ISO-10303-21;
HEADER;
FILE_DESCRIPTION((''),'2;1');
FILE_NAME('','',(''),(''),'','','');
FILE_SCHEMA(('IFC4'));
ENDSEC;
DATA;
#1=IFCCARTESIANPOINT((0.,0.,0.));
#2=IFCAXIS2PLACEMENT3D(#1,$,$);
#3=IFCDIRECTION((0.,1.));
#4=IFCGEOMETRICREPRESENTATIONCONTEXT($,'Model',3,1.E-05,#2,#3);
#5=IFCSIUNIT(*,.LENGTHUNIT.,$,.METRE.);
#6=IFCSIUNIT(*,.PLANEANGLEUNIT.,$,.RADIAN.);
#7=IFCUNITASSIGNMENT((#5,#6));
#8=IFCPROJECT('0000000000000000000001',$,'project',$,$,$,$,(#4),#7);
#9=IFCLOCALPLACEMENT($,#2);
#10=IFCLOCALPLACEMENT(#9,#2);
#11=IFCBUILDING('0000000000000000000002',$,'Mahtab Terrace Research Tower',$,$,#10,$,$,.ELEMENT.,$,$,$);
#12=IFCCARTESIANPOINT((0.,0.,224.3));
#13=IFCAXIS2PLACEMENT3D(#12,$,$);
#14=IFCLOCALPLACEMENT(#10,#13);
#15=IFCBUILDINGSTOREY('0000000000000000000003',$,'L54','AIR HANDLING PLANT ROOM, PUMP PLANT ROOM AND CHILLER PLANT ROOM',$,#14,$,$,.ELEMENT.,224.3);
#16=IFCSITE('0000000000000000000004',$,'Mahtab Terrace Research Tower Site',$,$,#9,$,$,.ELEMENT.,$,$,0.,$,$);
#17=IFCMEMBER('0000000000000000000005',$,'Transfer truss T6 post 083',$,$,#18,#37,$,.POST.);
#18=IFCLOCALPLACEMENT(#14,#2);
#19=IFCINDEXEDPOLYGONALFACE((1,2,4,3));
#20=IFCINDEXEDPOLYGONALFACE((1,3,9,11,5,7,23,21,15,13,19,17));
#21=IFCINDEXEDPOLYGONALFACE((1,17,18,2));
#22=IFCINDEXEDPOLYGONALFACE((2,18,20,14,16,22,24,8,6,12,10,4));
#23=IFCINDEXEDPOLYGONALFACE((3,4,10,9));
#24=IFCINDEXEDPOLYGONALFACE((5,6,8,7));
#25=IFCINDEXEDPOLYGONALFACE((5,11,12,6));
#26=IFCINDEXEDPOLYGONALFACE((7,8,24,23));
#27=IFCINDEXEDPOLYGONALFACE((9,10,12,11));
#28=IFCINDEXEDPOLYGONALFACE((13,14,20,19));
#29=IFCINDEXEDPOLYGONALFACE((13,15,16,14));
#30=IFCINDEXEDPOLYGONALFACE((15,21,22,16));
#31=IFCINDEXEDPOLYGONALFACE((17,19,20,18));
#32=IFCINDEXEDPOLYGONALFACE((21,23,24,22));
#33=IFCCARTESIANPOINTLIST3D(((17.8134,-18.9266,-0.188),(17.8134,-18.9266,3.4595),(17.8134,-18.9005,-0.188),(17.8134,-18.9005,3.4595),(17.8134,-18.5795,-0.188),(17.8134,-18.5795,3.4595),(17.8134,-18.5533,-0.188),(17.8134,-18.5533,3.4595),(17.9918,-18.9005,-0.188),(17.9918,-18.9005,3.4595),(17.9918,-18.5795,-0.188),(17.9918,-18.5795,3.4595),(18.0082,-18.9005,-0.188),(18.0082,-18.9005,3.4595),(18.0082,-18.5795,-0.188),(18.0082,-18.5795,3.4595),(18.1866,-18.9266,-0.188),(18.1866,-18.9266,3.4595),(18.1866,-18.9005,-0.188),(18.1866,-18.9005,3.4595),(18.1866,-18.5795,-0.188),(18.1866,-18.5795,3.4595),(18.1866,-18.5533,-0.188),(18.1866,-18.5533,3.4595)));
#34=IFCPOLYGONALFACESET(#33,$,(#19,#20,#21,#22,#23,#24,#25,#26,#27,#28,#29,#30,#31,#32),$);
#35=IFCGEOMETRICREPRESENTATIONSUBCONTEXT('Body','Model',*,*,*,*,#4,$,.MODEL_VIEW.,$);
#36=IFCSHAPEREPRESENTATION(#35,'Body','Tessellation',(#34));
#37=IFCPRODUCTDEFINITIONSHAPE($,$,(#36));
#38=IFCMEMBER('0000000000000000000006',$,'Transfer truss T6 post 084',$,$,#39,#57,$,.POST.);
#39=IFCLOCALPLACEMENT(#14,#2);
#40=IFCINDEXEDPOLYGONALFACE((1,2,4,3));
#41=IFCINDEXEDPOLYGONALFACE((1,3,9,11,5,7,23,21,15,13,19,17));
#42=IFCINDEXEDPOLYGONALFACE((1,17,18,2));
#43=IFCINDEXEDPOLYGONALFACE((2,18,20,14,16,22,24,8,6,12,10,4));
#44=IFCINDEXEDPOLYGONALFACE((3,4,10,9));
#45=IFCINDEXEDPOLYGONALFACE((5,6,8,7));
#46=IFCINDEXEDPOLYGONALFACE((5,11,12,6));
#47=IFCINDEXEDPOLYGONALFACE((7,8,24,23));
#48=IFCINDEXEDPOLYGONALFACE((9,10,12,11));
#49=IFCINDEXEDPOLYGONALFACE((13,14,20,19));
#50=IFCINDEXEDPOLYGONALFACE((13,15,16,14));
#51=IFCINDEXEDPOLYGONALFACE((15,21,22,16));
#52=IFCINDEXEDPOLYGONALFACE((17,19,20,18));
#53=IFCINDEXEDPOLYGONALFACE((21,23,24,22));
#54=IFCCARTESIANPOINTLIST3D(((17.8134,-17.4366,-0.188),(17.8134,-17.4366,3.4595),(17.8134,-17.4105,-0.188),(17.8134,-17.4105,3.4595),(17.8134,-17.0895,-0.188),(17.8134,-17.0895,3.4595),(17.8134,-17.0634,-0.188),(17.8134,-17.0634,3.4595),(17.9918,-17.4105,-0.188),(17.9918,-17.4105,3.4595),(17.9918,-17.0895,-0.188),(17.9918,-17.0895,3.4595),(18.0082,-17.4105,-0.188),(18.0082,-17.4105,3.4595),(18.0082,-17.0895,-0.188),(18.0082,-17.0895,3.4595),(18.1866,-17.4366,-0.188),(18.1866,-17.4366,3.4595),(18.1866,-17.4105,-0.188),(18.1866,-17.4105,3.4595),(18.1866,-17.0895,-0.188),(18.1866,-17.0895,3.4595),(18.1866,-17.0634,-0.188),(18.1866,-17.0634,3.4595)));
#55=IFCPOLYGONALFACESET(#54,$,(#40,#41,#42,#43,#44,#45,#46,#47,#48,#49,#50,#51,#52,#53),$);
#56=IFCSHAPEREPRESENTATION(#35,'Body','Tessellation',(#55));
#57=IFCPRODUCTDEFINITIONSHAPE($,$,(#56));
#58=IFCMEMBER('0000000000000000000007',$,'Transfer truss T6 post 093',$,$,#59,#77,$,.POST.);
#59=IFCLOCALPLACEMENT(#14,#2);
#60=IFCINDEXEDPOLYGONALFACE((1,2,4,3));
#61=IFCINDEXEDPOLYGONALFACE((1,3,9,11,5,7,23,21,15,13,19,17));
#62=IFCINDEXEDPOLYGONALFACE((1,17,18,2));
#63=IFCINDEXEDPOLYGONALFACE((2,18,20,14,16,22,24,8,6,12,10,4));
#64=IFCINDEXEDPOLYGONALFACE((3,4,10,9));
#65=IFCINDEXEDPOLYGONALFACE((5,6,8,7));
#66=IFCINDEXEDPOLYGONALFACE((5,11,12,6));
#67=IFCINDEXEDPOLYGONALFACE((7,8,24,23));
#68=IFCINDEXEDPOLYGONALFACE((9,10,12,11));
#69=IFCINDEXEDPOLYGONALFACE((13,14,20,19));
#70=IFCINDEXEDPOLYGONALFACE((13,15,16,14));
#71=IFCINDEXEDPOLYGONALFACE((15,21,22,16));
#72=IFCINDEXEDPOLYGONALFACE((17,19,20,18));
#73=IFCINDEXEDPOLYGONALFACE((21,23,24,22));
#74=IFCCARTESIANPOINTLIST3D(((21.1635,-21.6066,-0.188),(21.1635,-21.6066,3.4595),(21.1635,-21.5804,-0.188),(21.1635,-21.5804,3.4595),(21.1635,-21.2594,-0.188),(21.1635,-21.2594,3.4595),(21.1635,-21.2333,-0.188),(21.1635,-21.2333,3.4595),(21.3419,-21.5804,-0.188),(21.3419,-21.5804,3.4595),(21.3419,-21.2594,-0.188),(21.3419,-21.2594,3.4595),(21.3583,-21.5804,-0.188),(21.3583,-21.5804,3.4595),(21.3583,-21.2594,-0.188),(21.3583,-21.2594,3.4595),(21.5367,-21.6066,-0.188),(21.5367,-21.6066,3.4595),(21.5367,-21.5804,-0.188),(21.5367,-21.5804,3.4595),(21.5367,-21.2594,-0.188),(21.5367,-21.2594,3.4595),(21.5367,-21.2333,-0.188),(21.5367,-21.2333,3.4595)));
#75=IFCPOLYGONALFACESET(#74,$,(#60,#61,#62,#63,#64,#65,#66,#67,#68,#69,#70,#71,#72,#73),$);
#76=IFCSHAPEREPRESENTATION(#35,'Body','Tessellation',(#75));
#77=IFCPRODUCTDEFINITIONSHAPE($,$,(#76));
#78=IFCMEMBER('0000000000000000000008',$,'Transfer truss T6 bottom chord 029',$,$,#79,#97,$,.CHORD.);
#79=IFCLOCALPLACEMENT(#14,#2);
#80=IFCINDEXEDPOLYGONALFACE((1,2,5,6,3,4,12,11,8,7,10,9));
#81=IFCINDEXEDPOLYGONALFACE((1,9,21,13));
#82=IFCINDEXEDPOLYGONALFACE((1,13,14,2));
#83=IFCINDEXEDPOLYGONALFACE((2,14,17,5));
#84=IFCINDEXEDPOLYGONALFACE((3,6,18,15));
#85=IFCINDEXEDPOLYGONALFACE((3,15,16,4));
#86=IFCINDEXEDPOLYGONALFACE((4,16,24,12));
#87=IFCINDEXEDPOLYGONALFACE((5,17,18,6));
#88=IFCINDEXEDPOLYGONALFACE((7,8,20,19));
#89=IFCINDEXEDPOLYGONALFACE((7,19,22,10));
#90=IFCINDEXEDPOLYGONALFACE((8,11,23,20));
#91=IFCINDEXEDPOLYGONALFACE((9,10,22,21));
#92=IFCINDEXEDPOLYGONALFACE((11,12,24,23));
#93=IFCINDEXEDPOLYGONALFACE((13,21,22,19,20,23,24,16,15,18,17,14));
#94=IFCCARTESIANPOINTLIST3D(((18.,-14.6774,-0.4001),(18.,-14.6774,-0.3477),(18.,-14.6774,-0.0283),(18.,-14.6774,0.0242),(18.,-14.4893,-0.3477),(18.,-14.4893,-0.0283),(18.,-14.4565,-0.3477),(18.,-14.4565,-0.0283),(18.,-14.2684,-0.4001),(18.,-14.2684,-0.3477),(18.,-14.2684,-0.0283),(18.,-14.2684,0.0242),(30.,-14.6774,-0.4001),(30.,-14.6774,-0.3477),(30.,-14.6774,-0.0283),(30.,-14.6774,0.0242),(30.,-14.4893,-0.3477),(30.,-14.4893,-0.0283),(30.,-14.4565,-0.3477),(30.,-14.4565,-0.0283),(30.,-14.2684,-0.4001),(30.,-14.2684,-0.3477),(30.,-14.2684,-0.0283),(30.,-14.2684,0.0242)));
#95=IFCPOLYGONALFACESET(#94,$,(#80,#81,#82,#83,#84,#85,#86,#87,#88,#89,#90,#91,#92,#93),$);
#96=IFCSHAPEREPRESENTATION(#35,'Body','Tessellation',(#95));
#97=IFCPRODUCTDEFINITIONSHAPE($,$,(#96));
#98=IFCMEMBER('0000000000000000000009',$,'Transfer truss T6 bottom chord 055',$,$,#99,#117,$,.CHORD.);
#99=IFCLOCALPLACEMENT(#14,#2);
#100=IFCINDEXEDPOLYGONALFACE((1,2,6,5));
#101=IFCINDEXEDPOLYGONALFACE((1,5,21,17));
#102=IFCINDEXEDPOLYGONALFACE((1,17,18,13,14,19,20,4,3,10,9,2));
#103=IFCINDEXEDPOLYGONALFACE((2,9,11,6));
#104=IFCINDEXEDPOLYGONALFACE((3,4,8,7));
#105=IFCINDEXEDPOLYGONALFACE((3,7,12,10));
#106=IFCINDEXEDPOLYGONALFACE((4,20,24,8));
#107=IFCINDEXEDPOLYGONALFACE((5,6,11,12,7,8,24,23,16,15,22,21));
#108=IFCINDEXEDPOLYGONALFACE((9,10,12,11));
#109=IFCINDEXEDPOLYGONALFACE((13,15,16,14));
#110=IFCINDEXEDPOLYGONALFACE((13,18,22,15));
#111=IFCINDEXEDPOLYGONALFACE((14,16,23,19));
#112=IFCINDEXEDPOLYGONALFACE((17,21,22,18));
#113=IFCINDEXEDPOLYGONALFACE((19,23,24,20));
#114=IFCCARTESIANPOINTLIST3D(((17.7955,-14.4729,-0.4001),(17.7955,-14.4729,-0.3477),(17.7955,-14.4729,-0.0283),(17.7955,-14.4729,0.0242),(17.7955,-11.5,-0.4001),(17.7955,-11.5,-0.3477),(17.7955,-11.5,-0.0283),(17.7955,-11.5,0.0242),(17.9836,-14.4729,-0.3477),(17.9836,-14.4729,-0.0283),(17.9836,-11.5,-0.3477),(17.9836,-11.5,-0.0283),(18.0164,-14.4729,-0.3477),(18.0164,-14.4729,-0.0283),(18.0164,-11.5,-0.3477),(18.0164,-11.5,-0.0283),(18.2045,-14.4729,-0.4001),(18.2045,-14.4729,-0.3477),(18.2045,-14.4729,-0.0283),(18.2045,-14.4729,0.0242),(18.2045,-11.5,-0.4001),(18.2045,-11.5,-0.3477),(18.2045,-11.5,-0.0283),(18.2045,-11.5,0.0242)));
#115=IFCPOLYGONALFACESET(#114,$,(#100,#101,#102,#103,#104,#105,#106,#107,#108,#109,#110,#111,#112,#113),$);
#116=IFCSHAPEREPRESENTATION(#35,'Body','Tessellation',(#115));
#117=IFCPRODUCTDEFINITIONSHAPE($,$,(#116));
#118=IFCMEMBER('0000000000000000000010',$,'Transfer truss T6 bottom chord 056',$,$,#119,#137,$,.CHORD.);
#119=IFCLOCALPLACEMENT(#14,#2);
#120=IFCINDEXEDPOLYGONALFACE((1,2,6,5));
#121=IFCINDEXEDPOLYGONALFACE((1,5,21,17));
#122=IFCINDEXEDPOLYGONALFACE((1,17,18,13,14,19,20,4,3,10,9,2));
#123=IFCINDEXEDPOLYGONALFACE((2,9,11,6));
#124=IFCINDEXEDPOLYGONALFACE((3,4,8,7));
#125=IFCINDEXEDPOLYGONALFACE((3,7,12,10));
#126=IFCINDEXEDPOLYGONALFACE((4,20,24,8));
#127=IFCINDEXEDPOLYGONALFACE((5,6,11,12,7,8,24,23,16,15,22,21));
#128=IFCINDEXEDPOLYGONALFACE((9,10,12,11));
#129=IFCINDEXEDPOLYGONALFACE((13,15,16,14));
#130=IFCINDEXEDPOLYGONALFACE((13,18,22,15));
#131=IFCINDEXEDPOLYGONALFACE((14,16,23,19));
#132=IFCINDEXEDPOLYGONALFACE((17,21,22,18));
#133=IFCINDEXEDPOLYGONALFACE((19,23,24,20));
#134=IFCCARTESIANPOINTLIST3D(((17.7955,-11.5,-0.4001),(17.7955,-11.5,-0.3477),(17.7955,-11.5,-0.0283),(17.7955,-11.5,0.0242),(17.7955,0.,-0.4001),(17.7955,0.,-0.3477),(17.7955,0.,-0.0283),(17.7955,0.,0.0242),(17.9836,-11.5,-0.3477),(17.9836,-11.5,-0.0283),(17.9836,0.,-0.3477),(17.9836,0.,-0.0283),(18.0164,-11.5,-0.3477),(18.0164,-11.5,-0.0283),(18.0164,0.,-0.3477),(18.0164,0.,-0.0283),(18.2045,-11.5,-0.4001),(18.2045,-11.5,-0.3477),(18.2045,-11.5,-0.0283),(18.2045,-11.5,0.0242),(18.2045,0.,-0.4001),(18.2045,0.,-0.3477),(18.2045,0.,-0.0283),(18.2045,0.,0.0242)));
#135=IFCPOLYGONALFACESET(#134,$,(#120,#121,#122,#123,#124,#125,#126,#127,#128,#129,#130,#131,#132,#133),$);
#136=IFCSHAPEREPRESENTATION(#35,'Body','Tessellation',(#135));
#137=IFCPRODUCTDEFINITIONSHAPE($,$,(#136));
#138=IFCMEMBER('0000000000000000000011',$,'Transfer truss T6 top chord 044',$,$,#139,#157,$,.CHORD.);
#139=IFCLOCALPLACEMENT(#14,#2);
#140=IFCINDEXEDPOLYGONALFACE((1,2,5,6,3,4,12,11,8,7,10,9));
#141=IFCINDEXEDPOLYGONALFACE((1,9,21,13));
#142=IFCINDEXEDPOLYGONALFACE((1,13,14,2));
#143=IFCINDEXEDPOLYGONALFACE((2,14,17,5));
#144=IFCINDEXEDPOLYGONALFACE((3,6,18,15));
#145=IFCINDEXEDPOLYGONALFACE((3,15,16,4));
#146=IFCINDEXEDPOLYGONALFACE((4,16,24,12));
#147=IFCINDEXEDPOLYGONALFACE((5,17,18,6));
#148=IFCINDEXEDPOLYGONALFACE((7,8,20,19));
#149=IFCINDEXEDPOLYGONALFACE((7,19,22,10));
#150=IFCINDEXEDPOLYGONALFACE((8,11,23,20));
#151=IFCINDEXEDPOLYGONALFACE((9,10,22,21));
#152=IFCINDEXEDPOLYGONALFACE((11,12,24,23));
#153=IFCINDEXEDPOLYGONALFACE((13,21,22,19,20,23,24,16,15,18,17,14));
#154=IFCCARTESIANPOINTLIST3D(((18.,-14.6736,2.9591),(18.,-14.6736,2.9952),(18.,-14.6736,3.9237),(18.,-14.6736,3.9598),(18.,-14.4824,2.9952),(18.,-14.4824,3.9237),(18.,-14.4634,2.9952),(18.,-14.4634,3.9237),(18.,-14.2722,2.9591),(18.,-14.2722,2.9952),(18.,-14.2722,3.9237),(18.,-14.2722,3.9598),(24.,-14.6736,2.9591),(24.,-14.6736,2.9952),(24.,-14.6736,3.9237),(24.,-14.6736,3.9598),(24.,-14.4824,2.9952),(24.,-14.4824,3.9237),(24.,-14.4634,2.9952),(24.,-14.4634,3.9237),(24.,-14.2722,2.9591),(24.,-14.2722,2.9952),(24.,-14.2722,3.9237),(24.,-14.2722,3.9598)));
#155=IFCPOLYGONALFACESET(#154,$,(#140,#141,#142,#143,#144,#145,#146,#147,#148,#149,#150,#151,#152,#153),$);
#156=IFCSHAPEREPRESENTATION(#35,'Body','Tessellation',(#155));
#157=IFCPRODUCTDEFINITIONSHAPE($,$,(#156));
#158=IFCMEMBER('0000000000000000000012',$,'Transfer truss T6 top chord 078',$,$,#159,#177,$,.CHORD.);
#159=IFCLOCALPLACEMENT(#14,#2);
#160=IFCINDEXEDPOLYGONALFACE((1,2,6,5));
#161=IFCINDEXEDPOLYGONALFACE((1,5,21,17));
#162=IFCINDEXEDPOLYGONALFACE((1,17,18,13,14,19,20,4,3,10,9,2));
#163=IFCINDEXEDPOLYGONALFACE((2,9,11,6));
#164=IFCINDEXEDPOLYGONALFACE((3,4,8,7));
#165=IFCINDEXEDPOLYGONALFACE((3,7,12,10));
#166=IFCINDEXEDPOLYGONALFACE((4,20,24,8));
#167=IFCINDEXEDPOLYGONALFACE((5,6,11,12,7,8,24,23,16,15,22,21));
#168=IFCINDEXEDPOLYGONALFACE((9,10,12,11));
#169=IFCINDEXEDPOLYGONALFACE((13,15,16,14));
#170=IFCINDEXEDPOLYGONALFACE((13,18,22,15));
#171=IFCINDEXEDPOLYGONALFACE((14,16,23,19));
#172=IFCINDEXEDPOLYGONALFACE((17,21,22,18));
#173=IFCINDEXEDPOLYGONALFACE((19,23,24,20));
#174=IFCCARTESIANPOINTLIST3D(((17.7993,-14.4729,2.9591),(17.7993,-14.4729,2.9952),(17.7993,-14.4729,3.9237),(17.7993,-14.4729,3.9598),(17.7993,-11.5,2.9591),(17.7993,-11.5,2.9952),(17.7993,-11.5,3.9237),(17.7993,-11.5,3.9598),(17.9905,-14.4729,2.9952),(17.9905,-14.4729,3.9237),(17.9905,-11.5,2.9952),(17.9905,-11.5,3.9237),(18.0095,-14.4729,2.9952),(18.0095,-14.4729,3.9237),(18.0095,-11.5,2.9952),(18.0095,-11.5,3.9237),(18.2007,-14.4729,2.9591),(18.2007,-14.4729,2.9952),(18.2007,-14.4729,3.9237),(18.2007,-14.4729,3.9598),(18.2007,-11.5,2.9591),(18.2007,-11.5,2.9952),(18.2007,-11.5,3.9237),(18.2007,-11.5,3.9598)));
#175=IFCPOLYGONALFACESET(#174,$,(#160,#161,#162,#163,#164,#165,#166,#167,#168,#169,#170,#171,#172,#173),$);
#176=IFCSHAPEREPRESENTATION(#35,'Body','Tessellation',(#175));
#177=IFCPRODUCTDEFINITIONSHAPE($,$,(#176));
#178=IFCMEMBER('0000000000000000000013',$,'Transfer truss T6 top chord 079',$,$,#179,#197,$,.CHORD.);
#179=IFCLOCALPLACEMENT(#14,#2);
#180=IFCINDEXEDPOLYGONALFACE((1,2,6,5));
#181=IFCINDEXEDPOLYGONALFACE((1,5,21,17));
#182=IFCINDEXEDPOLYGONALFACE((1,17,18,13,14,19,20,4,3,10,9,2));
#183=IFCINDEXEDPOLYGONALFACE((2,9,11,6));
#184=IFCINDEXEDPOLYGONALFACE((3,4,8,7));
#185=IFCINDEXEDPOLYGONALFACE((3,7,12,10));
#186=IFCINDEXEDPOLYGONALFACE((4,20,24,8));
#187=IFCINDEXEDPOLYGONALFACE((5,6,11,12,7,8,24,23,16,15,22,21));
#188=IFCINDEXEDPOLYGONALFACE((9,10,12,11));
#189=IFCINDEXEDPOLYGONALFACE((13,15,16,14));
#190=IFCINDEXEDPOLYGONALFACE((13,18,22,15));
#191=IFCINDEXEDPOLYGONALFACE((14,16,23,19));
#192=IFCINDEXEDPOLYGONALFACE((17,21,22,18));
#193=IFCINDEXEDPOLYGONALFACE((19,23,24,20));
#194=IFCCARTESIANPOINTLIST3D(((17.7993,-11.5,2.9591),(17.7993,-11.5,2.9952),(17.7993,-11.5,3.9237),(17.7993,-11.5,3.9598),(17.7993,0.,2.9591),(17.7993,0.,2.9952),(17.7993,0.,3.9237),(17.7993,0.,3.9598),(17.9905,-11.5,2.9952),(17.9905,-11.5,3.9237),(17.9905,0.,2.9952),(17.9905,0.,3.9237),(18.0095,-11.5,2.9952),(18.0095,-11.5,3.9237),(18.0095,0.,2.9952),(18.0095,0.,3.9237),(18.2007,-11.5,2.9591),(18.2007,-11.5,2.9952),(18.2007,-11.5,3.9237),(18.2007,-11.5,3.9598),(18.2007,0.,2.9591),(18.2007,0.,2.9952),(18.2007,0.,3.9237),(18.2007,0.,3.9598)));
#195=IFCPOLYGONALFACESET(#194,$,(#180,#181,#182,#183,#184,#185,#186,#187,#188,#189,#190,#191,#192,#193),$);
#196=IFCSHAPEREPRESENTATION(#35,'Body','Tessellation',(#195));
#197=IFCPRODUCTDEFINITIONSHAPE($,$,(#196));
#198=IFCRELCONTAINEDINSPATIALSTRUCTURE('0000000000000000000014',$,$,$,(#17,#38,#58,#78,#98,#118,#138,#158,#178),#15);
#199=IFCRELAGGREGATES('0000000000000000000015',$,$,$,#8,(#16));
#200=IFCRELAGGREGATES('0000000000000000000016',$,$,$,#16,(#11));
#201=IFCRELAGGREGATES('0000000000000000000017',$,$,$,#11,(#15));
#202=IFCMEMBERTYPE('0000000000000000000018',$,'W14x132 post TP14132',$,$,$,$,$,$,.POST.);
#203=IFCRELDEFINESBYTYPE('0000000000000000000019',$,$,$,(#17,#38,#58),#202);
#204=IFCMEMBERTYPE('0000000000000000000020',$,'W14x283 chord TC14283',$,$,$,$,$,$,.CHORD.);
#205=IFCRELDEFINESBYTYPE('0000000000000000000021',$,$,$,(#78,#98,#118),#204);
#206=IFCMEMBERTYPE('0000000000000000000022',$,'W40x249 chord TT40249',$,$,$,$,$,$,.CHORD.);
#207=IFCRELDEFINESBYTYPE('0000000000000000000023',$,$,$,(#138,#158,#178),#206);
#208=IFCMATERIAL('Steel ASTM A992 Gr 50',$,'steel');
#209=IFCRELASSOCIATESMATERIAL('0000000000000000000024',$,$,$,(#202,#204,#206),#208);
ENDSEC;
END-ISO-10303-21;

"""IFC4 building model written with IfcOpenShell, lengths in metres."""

from ifc_helpers import new_model, si_unit, direction, frame, origin, origin_2d, place, context, subcontext, project, spatial, i_section, extrude, material, material_profile, profile_set, type_object, element, save


model = new_model("IFC4")

# Units and contexts
model_context = context("Model", 3, precision=1e-05, world=origin(), true_north=direction((0.0, 1.0)))
body_context = subcontext(model_context, "Body", "Model", "MODEL_VIEW")
ifc_project = project(units=[si_unit("LENGTHUNIT", "METRE"), si_unit("PLANEANGLEUNIT", "RADIAN")], contexts=[model_context])

# Site, building, storey
site_placement = place(None, origin())
site = spatial("IfcSite", under=ifc_project, at=site_placement, Name="Mahtab Terrace Research Tower Site", CompositionType="ELEMENT", RefElevation=0.0)
building_placement = place(site_placement, origin())
building = spatial("IfcBuilding", under=site, at=building_placement, Name="Mahtab Terrace Research Tower", CompositionType="ELEMENT")
storey_placement = place(building_placement, frame((0.0, 0.0, 224.3)))
storey = spatial("IfcBuildingStorey", under=building, at=storey_placement, Name="L54", Description="AIR HANDLING PLANT ROOM, PUMP PLANT ROOM AND CHILLER PLANT ROOM", CompositionType="ELEMENT", Elevation=224.3)

# Shared definitions
ifc_material_1 = material(Name="Steel ASTM A992 Gr 50", Category="steel")

# Members
ifc_material_profile_1 = material_profile(ifc_material_1, i_section(OverallWidth=0.3733, OverallDepth=0.3733, WebThickness=0.0164, FlangeThickness=0.0261, at=origin_2d()), Name="W14X132")
ifc_profile_set_1 = profile_set([ifc_material_profile_1], Name="Steel ASTM A992 Gr 50")
member_type_1 = type_object("IfcMemberType", Name="W14x132 post TP14132", PredefinedType="POST", material=ifc_profile_set_1)
for number, where, z_axis, x_axis, name in (
    (1, (18.0, -18.74, -0.188), (0.0, 0.0, 1.0), (1.0, 0.0, 0.0), "Transfer truss T6 post 083"),
    (2, (18.0, -17.25, -0.188), (0.0, 0.0, 1.0), (1.0, 0.0, 0.0), "Transfer truss T6 post 084"),
    (3, (21.3501, -21.4199, -0.188), (0.0, 0.0, 1.0), (1.0, 0.0, 0.0), "Transfer truss T6 post 093"),
):
    element("IfcMember", number, at=place(storey_placement, frame(where, z_axis=z_axis, x_axis=x_axis)), inside=storey, type_object=member_type_1, Name=name, PredefinedType="POST", context=body_context, shape_type="SweptSolid", body=[
        extrude(i_section(OverallWidth=0.3733, OverallDepth=0.3733, WebThickness=0.0164, FlangeThickness=0.0261, at=origin_2d()), origin(), (0.0, 0.0, 1.0), 3.6475),
    ])
ifc_material_profile_2 = material_profile(ifc_material_1, i_section(OverallWidth=0.4089, OverallDepth=0.4243, WebThickness=0.0327, FlangeThickness=0.0525, at=origin_2d()), Name="W14X283")
ifc_profile_set_2 = profile_set([ifc_material_profile_2], Name="Steel ASTM A992 Gr 50")
member_type_2 = type_object("IfcMemberType", Name="W14x283 chord TC14283", PredefinedType="CHORD", material=ifc_profile_set_2)
member_1_placement = place(storey_placement, frame((18.0, -14.4729, -0.188), z_axis=(1.0, 0.0, 0.0), x_axis=(0.0, 1.0, 0.0)))
element("IfcMember", 4, at=member_1_placement, inside=storey, type_object=member_type_2, Name="Transfer truss T6 bottom chord 029", PredefinedType="CHORD", context=body_context, shape_type="SweptSolid", body=[
    extrude(i_section(OverallWidth=0.4089, OverallDepth=0.4243, WebThickness=0.0327, FlangeThickness=0.0525, at=origin_2d()), origin(), (0.0, 0.0, 1.0), 12.0),
])
member_2_placement = place(storey_placement, frame((18.0, -14.4729, -0.188), z_axis=(0.0, 1.0, 0.0), x_axis=(-1.0, 0.0, 0.0)))
element("IfcMember", 5, at=member_2_placement, inside=storey, type_object=member_type_2, Name="Transfer truss T6 bottom chord 055", PredefinedType="CHORD", context=body_context, shape_type="SweptSolid", body=[
    extrude(i_section(OverallWidth=0.4089, OverallDepth=0.4243, WebThickness=0.0327, FlangeThickness=0.0525, at=origin_2d()), origin(), (0.0, 0.0, 1.0), 2.9729),
])
member_3_placement = place(storey_placement, frame((18.0, -11.5, -0.188), z_axis=(0.0, 1.0, 0.0), x_axis=(-1.0, 0.0, 0.0)))
element("IfcMember", 6, at=member_3_placement, inside=storey, type_object=member_type_2, Name="Transfer truss T6 bottom chord 056", PredefinedType="CHORD", context=body_context, shape_type="SweptSolid", body=[
    extrude(i_section(OverallWidth=0.4089, OverallDepth=0.4243, WebThickness=0.0327, FlangeThickness=0.0525, at=origin_2d()), origin(), (0.0, 0.0, 1.0), 11.5),
])
ifc_material_profile_3 = material_profile(ifc_material_1, i_section(OverallWidth=0.4014, OverallDepth=1.0007, WebThickness=0.019, FlangeThickness=0.0361, at=origin_2d()), Name="W40X249")
ifc_profile_set_3 = profile_set([ifc_material_profile_3], Name="Steel ASTM A992 Gr 50")
member_type_3 = type_object("IfcMemberType", Name="W40x249 chord TT40249", PredefinedType="CHORD", material=ifc_profile_set_3)
member_4_placement = place(storey_placement, frame((18.0, -14.4729, 3.4595), z_axis=(1.0, 0.0, 0.0), x_axis=(0.0, 1.0, 0.0)))
element("IfcMember", 7, at=member_4_placement, inside=storey, type_object=member_type_3, Name="Transfer truss T6 top chord 044", PredefinedType="CHORD", context=body_context, shape_type="SweptSolid", body=[
    extrude(i_section(OverallWidth=0.4014, OverallDepth=1.0007, WebThickness=0.019, FlangeThickness=0.0361, at=origin_2d()), origin(), (0.0, 0.0, 1.0), 6.0),
])
member_5_placement = place(storey_placement, frame((18.0, -14.4729, 3.4595), z_axis=(0.0, 1.0, 0.0), x_axis=(-1.0, 0.0, 0.0)))
element("IfcMember", 8, at=member_5_placement, inside=storey, type_object=member_type_3, Name="Transfer truss T6 top chord 078", PredefinedType="CHORD", context=body_context, shape_type="SweptSolid", body=[
    extrude(i_section(OverallWidth=0.4014, OverallDepth=1.0007, WebThickness=0.019, FlangeThickness=0.0361, at=origin_2d()), origin(), (0.0, 0.0, 1.0), 2.9729),
])
member_6_placement = place(storey_placement, frame((18.0, -11.5, 3.4595), z_axis=(0.0, 1.0, 0.0), x_axis=(-1.0, 0.0, 0.0)))
element("IfcMember", 9, at=member_6_placement, inside=storey, type_object=member_type_3, Name="Transfer truss T6 top chord 079", PredefinedType="CHORD", context=body_context, shape_type="SweptSolid", body=[
    extrude(i_section(OverallWidth=0.4014, OverallDepth=1.0007, WebThickness=0.019, FlangeThickness=0.0361, at=origin_2d()), origin(), (0.0, 0.0, 1.0), 11.5),
])

save(model, "model.ifc")
